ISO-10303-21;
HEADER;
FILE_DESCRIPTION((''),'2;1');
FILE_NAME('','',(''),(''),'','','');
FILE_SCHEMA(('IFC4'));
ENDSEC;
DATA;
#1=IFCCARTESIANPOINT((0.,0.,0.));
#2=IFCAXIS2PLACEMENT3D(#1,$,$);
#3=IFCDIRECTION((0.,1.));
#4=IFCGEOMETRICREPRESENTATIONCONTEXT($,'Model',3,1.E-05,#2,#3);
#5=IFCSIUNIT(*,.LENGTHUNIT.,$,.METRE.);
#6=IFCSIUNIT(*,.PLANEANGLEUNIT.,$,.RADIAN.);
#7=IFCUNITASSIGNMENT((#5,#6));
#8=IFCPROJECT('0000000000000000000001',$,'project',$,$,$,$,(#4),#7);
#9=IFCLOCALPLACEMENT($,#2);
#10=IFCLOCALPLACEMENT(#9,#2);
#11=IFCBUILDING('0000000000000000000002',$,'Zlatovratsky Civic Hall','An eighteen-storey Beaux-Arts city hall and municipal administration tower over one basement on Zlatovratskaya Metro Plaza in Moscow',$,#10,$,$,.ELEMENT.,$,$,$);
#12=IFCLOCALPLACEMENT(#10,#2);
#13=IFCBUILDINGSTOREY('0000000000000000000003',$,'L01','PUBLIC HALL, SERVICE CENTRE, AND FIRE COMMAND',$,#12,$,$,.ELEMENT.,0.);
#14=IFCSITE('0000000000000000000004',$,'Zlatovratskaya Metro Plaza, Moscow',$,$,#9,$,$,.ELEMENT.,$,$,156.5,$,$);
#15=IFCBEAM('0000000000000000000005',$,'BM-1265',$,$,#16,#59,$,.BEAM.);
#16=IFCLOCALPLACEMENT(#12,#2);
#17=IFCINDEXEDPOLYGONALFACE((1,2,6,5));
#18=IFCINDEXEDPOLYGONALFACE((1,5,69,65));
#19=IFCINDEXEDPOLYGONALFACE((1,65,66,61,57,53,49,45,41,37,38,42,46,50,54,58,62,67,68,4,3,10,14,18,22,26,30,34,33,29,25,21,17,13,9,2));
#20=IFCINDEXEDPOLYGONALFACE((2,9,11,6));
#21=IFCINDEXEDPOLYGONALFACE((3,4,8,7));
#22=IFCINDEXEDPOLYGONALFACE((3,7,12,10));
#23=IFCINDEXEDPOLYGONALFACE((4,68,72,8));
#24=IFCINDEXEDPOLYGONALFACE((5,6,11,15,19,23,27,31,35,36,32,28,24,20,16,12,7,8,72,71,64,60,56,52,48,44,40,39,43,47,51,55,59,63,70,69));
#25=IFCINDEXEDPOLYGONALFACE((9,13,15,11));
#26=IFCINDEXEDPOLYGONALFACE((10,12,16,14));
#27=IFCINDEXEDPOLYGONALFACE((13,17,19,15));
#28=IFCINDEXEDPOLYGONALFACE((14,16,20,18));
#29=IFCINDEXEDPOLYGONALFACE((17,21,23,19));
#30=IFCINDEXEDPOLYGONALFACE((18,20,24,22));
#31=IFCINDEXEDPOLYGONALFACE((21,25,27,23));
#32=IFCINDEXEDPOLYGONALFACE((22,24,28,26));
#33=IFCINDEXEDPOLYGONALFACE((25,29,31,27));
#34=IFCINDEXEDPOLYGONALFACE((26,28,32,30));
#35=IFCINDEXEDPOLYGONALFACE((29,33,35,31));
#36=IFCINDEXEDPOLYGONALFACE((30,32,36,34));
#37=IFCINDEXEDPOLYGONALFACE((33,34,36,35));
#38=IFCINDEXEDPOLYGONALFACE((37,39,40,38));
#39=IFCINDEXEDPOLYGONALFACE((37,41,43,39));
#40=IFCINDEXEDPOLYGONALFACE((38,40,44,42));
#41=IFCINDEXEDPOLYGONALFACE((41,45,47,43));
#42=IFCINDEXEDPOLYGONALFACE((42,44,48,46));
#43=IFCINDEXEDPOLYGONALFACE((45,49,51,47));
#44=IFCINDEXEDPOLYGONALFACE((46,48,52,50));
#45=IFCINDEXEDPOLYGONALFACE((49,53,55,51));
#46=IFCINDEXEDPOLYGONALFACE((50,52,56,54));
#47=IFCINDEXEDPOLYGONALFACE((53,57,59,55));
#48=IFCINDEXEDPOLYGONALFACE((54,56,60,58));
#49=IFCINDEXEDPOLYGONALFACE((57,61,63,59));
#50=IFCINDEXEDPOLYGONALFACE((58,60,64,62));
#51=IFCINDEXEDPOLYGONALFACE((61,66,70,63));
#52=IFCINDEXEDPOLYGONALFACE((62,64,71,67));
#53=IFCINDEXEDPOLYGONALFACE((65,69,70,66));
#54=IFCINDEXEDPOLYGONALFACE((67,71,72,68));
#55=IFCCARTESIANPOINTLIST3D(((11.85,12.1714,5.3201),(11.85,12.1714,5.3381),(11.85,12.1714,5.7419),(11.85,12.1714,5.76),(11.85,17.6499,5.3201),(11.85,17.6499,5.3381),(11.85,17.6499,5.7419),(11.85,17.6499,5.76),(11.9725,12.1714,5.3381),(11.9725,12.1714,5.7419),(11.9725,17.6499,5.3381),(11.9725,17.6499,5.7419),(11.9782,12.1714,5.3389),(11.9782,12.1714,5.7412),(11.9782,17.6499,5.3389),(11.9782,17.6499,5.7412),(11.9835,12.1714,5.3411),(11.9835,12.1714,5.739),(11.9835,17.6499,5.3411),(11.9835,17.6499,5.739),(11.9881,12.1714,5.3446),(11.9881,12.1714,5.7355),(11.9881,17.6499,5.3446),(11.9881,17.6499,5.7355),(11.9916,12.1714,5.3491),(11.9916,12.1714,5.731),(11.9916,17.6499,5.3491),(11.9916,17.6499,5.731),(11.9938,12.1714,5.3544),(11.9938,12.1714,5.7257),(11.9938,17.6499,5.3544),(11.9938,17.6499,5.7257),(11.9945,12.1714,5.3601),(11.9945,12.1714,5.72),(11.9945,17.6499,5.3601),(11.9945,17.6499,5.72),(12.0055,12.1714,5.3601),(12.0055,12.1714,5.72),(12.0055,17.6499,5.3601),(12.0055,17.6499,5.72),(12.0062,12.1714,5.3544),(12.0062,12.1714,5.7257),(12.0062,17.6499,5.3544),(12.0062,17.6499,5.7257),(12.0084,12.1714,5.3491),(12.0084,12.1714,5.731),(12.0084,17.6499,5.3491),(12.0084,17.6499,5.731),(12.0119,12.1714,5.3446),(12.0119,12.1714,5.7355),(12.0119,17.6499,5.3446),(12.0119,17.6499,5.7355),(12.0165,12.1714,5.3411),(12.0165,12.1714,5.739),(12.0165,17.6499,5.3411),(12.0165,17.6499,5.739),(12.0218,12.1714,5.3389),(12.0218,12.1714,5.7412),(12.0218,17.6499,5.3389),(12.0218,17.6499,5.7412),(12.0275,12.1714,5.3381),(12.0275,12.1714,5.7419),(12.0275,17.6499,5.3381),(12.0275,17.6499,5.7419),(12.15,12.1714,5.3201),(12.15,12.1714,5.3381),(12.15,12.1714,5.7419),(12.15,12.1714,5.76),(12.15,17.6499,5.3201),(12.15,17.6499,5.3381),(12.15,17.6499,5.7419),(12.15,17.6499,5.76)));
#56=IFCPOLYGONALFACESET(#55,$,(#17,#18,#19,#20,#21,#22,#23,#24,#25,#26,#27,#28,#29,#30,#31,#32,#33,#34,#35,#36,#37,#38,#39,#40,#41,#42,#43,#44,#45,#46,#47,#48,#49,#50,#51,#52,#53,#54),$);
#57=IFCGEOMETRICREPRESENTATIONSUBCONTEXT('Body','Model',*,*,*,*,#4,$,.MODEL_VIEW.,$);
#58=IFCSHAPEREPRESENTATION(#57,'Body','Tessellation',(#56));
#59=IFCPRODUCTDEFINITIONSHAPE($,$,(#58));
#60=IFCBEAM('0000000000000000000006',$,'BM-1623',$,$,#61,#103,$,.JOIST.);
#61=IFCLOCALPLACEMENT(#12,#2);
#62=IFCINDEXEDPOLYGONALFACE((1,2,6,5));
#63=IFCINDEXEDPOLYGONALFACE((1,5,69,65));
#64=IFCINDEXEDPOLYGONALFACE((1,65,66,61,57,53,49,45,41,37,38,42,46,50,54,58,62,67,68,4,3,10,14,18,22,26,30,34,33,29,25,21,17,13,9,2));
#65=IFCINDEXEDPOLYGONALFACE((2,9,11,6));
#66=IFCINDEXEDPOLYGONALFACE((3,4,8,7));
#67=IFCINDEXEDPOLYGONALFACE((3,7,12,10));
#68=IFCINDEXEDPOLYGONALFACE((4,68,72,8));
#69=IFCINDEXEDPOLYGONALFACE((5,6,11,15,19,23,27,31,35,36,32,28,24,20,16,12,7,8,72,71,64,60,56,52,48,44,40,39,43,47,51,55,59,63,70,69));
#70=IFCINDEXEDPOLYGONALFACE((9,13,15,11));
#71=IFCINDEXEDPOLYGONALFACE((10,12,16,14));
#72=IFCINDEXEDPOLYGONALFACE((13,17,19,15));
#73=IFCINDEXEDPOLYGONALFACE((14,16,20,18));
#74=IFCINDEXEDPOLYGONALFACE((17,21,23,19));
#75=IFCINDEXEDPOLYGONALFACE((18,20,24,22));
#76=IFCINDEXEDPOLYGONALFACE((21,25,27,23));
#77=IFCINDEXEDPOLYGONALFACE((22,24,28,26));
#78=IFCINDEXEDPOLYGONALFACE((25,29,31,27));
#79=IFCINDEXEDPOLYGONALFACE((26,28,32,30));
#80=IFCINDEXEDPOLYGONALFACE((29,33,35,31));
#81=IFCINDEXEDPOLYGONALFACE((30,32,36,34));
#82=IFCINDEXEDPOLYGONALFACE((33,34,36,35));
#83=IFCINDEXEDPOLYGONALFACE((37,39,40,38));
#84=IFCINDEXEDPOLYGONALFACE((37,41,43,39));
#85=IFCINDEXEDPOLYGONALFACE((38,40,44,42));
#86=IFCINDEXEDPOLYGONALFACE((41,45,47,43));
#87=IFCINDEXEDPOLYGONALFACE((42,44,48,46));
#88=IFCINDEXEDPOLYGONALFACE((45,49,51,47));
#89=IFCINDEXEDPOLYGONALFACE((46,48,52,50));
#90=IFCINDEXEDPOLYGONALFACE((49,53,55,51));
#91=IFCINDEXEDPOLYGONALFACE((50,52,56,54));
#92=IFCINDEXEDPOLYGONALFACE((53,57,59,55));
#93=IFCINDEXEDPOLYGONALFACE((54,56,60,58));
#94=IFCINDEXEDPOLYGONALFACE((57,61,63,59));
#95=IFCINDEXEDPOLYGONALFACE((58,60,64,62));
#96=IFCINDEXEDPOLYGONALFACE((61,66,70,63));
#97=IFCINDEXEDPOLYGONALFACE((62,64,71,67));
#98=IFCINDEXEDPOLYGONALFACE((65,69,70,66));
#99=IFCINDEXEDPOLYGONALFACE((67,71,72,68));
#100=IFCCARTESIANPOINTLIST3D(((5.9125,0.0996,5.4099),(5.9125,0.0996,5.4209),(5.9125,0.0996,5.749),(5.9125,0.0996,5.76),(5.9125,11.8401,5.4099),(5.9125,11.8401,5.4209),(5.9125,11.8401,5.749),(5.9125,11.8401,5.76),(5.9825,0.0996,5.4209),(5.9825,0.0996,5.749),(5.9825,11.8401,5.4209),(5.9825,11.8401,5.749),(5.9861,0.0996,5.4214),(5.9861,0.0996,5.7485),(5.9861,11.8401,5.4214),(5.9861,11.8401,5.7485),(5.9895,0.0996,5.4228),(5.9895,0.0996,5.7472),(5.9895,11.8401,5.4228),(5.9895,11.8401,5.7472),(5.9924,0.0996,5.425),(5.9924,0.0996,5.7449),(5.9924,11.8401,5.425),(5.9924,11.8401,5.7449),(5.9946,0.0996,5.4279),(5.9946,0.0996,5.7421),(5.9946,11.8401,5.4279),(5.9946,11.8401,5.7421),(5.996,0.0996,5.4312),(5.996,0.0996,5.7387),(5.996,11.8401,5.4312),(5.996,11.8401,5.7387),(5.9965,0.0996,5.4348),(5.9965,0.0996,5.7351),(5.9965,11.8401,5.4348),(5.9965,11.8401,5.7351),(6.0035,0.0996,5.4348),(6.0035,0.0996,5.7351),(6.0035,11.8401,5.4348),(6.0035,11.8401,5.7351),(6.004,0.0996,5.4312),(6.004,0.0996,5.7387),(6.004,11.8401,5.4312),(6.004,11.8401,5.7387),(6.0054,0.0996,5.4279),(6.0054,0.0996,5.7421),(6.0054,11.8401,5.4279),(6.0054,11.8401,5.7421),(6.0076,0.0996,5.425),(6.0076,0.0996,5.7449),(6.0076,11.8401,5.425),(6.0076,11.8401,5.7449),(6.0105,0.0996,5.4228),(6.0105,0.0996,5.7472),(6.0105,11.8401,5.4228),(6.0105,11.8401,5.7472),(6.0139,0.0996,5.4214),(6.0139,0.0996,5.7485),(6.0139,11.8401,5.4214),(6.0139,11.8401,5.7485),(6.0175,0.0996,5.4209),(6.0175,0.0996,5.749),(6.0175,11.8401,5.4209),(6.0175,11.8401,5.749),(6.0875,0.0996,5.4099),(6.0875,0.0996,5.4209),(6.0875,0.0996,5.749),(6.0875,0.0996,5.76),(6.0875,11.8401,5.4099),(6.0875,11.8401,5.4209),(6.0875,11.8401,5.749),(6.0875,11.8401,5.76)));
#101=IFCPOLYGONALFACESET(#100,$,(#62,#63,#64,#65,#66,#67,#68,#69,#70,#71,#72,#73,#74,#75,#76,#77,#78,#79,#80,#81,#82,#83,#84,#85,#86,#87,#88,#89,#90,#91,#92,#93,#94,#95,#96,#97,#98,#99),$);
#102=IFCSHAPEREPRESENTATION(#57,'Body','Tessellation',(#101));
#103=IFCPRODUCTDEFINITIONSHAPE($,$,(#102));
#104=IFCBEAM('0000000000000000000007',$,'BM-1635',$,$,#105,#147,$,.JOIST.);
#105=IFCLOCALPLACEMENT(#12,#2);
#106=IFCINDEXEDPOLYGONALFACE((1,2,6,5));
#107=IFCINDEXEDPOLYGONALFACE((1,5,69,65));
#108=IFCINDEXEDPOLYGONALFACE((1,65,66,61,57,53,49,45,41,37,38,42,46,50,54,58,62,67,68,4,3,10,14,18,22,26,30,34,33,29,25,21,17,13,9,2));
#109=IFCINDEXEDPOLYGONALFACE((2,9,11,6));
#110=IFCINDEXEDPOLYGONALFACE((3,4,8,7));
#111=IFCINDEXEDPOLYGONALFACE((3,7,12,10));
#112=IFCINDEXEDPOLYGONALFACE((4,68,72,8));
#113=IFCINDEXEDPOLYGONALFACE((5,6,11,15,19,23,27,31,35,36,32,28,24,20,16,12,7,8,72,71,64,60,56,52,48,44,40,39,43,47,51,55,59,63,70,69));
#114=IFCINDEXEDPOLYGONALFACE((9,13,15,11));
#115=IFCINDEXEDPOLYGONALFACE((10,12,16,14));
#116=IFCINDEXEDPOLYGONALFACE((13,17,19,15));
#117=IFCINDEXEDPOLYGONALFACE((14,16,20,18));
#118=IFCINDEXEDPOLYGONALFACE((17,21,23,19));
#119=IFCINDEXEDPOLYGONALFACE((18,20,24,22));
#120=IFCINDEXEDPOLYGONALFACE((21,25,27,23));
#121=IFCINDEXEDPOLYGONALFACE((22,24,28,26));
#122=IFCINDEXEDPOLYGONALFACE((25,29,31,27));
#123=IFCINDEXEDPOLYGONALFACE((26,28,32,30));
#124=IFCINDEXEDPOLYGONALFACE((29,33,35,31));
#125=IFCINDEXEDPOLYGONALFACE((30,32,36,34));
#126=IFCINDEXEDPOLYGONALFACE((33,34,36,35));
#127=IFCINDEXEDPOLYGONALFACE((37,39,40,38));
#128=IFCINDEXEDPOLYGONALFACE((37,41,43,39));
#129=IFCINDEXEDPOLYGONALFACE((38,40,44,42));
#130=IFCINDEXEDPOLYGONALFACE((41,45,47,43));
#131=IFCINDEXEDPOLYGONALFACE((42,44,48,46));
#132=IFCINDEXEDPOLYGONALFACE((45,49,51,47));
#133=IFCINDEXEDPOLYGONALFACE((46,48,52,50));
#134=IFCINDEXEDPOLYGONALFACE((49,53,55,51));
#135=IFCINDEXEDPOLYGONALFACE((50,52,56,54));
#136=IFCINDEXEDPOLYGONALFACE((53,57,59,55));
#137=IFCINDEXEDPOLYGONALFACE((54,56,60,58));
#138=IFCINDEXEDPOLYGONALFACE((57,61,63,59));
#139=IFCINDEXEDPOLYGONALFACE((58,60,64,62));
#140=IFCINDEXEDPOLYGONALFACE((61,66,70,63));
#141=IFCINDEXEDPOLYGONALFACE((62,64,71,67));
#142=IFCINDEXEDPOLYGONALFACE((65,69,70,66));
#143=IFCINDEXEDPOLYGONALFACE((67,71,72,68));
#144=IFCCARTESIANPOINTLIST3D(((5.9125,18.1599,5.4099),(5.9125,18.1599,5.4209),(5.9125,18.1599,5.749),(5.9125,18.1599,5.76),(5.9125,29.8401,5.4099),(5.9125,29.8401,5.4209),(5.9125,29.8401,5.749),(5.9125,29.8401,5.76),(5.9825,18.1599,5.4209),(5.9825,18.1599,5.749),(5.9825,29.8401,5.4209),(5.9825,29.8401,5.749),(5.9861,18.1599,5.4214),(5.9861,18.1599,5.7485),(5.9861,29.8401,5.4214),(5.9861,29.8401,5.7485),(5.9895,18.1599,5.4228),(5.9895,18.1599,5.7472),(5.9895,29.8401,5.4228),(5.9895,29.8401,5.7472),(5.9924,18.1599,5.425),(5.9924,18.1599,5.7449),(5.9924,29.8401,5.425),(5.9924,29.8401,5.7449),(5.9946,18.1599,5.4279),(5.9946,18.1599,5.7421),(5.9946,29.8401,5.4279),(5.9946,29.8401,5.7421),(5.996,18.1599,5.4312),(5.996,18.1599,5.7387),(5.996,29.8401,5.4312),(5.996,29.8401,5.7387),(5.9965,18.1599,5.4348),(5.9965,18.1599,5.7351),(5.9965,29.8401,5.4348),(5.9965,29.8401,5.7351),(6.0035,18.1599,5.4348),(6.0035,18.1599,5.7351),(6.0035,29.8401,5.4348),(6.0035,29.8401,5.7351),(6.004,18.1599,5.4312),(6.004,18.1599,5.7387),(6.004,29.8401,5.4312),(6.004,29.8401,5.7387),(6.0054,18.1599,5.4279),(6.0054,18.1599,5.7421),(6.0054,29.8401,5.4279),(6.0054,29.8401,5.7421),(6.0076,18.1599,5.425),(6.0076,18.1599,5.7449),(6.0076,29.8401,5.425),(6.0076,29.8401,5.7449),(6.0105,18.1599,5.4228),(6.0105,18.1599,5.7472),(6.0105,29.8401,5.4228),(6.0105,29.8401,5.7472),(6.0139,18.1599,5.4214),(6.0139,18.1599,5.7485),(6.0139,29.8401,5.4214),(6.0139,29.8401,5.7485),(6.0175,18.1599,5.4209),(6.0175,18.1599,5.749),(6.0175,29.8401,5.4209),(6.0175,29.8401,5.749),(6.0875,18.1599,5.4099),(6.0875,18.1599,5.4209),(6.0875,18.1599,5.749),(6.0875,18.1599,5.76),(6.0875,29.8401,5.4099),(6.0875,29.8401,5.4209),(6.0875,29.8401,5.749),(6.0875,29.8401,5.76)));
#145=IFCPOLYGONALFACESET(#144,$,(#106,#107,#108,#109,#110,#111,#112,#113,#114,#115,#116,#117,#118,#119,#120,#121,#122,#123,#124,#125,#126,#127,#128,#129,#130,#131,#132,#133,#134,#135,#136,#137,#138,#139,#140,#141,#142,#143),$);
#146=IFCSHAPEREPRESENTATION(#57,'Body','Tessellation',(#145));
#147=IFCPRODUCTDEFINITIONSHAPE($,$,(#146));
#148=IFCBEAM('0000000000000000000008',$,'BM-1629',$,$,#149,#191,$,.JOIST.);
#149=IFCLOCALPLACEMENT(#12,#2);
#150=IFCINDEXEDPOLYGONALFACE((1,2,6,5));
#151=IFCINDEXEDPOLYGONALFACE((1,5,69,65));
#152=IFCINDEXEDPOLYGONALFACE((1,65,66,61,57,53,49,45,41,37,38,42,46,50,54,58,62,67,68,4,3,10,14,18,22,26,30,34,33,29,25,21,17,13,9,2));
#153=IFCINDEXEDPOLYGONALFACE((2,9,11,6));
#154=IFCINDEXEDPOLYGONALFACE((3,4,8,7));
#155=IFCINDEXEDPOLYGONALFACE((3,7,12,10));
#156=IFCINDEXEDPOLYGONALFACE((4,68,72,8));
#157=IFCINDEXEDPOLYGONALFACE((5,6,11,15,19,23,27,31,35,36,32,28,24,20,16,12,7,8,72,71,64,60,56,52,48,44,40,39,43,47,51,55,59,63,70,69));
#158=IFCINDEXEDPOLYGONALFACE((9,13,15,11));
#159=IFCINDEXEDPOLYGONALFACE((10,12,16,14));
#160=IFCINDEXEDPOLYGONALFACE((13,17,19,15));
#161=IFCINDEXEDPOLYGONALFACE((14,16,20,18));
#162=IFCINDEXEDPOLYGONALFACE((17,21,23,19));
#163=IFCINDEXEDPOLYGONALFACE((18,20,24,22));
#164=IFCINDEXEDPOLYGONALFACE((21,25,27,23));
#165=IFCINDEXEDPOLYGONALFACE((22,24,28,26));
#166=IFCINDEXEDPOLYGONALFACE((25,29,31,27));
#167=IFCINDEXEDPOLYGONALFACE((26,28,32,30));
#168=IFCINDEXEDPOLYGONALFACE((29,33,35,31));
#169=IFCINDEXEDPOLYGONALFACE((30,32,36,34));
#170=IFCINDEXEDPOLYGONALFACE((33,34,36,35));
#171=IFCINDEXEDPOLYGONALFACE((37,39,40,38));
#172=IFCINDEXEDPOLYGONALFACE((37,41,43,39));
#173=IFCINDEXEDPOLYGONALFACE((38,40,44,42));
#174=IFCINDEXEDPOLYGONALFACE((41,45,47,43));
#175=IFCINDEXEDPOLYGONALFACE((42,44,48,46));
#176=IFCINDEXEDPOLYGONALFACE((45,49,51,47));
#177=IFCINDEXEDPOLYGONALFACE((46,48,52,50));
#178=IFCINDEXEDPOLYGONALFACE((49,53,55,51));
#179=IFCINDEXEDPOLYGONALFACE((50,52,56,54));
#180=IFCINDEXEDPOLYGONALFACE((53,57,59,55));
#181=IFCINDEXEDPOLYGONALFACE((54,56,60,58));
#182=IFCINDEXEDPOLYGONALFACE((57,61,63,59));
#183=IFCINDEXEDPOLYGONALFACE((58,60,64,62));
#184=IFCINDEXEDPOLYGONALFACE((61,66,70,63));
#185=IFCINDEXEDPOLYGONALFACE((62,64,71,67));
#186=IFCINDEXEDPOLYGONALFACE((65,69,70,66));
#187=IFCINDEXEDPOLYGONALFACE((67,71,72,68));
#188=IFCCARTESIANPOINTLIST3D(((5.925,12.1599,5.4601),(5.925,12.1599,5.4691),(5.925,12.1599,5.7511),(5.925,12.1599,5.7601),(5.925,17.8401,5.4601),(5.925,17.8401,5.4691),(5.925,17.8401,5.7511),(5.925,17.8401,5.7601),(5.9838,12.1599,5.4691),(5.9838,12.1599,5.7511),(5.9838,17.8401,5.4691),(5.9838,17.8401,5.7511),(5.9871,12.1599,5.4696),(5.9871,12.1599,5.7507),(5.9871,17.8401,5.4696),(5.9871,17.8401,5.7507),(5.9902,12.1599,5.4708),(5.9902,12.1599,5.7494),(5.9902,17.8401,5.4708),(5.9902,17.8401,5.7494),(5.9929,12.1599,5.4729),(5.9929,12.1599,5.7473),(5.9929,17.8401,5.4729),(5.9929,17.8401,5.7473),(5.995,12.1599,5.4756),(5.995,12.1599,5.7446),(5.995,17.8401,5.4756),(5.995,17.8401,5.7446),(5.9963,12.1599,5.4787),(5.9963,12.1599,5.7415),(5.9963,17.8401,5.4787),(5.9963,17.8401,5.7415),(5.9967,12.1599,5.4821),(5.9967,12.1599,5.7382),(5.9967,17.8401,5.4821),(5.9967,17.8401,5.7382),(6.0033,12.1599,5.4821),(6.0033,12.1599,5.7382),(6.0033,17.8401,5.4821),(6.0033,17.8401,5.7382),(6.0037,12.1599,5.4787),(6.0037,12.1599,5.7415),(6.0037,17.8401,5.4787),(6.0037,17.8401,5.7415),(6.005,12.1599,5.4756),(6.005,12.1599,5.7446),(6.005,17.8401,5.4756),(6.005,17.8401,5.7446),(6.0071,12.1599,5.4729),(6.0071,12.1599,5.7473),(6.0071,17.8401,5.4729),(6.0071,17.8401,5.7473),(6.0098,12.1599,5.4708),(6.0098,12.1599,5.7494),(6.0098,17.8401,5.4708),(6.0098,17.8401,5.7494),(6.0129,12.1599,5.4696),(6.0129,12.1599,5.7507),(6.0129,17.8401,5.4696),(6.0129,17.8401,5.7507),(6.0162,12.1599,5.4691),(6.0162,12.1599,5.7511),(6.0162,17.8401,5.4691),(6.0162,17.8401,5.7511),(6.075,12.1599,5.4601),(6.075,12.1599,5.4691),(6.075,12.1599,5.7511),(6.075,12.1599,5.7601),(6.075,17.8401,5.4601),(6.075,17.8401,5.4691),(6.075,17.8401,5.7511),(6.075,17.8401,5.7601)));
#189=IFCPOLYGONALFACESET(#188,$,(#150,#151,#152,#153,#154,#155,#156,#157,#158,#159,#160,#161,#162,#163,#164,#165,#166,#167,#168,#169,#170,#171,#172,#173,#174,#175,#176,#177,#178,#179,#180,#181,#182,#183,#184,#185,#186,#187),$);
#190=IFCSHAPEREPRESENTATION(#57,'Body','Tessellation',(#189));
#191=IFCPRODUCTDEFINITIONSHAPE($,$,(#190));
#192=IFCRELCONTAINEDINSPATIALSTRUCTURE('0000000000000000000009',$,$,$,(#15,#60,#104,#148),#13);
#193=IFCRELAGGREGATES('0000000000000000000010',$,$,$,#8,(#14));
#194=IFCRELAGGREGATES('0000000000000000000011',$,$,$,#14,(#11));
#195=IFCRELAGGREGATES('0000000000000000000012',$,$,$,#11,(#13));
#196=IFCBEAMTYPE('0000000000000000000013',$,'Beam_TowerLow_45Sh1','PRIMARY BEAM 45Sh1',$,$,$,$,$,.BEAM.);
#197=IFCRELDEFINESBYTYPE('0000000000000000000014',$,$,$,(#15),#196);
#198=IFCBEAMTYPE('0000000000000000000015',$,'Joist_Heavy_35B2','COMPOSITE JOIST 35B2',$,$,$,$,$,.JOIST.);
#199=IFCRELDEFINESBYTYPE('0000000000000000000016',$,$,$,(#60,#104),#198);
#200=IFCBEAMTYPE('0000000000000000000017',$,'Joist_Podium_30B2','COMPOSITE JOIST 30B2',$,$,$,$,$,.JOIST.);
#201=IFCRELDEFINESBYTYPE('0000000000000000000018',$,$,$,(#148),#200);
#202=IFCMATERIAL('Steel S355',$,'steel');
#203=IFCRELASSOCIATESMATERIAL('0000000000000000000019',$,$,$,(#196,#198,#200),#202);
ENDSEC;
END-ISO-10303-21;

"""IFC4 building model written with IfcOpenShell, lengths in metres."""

from ifc_helpers import new_model, si_unit, direction, frame, origin, origin_2d, place, context, subcontext, project, spatial, i_section, extrude, material, material_profile, profile_set, type_object, element, save


model = new_model("IFC4")

# Units and contexts
model_context = context("Model", 3, precision=1e-05, world=origin(), true_north=direction((0.0, 1.0)))
body_context = subcontext(model_context, "Body", "Model", "MODEL_VIEW")
ifc_project = project(units=[si_unit("LENGTHUNIT", "METRE"), si_unit("PLANEANGLEUNIT", "RADIAN")], contexts=[model_context])

# Site, building, storey
site_placement = place(None, origin())
site = spatial("IfcSite", under=ifc_project, at=site_placement, Name="Zlatovratskaya Metro Plaza, Moscow", CompositionType="ELEMENT", RefElevation=156.5)
building_placement = place(site_placement, origin())
building = spatial("IfcBuilding", under=site, at=building_placement, Name="Zlatovratsky Civic Hall", Description="An eighteen-storey Beaux-Arts city hall and municipal administration tower over one basement on Zlatovratskaya Metro Plaza in Moscow", CompositionType="ELEMENT")
storey_placement = place(building_placement, origin())
storey = spatial("IfcBuildingStorey", under=building, at=storey_placement, Name="L01", Description="PUBLIC HALL, SERVICE CENTRE, AND FIRE COMMAND", CompositionType="ELEMENT", Elevation=0.0)

# Shared definitions
ifc_material_1 = material(Name="Steel S355", Category="steel")

# Beams
ifc_material_profile_1 = material_profile(ifc_material_1, i_section(OverallWidth=0.3, OverallDepth=0.4399, WebThickness=0.011, FlangeThickness=0.0181, FilletRadius=0.022, at=origin_2d()), Name="45Sh1")
ifc_profile_set_1 = profile_set([ifc_material_profile_1], Name="Steel S355")
beam_type_1 = type_object("IfcBeamType", Name="Beam_TowerLow_45Sh1", Description="PRIMARY BEAM 45Sh1", PredefinedType="BEAM", material=ifc_profile_set_1)
beam_1_placement = place(storey_placement, frame((12.0, 12.1714, 5.54), z_axis=(0.0, 1.0, 0.0), x_axis=(-1.0, 0.0, 0.0)))
element("IfcBeam", 1, at=beam_1_placement, inside=storey, type_object=beam_type_1, Name="BM-1265", PredefinedType="BEAM", context=body_context, shape_type="SweptSolid", body=[
    extrude(i_section(OverallWidth=0.3, OverallDepth=0.4399, WebThickness=0.011, FlangeThickness=0.0181, FilletRadius=0.022, at=origin_2d()), origin(), (0.0, 0.0, 1.0), 5.4785),
])
ifc_material_profile_2 = material_profile(ifc_material_1, i_section(OverallWidth=0.175, OverallDepth=0.3501, WebThickness=0.0071, FlangeThickness=0.011, FilletRadius=0.0139, at=origin_2d()), Name="35B2")
ifc_profile_set_2 = profile_set([ifc_material_profile_2], Name="Steel S355")
beam_type_2 = type_object("IfcBeamType", Name="Joist_Heavy_35B2", Description="COMPOSITE JOIST 35B2", PredefinedType="JOIST", material=ifc_profile_set_2)
beam_2_placement = place(storey_placement, frame((6.0, 0.0996, 5.585), z_axis=(0.0, 1.0, 0.0), x_axis=(-1.0, 0.0, 0.0)))
element("IfcBeam", 2, at=beam_2_placement, inside=storey, type_object=beam_type_2, Name="BM-1623", PredefinedType="JOIST", context=body_context, shape_type="SweptSolid", body=[
    extrude(i_section(OverallWidth=0.175, OverallDepth=0.3501, WebThickness=0.0071, FlangeThickness=0.011, FilletRadius=0.0139, at=origin_2d()), origin(), (0.0, 0.0, 1.0), 11.7405),
])
beam_3_placement = place(storey_placement, frame((6.0, 18.1599, 5.585), z_axis=(0.0, 1.0, 0.0), x_axis=(-1.0, 0.0, 0.0)))
element("IfcBeam", 3, at=beam_3_placement, inside=storey, type_object=beam_type_2, Name="BM-1635", PredefinedType="JOIST", context=body_context, shape_type="SweptSolid", body=[
    extrude(i_section(OverallWidth=0.175, OverallDepth=0.3501, WebThickness=0.0071, FlangeThickness=0.011, FilletRadius=0.0139, at=origin_2d()), origin(), (0.0, 0.0, 1.0), 11.6802),
])
ifc_material_profile_3 = material_profile(ifc_material_1, i_section(OverallWidth=0.1499, OverallDepth=0.3, WebThickness=0.0066, FlangeThickness=0.009, FilletRadius=0.0129, at=origin_2d()), Name="30B2")
ifc_profile_set_3 = profile_set([ifc_material_profile_3], Name="Steel S355")
beam_type_3 = type_object("IfcBeamType", Name="Joist_Podium_30B2", Description="COMPOSITE JOIST 30B2", PredefinedType="JOIST", material=ifc_profile_set_3)
beam_4_placement = place(storey_placement, frame((6.0, 12.1599, 5.6101), z_axis=(0.0, 1.0, 0.0), x_axis=(-1.0, 0.0, 0.0)))
element("IfcBeam", 4, at=beam_4_placement, inside=storey, type_object=beam_type_3, Name="BM-1629", PredefinedType="JOIST", context=body_context, shape_type="SweptSolid", body=[
    extrude(i_section(OverallWidth=0.1499, OverallDepth=0.3, WebThickness=0.0066, FlangeThickness=0.009, FilletRadius=0.0129, at=origin_2d()), origin(), (0.0, 0.0, 1.0), 5.6802),
])

save(model, "model.ifc")
